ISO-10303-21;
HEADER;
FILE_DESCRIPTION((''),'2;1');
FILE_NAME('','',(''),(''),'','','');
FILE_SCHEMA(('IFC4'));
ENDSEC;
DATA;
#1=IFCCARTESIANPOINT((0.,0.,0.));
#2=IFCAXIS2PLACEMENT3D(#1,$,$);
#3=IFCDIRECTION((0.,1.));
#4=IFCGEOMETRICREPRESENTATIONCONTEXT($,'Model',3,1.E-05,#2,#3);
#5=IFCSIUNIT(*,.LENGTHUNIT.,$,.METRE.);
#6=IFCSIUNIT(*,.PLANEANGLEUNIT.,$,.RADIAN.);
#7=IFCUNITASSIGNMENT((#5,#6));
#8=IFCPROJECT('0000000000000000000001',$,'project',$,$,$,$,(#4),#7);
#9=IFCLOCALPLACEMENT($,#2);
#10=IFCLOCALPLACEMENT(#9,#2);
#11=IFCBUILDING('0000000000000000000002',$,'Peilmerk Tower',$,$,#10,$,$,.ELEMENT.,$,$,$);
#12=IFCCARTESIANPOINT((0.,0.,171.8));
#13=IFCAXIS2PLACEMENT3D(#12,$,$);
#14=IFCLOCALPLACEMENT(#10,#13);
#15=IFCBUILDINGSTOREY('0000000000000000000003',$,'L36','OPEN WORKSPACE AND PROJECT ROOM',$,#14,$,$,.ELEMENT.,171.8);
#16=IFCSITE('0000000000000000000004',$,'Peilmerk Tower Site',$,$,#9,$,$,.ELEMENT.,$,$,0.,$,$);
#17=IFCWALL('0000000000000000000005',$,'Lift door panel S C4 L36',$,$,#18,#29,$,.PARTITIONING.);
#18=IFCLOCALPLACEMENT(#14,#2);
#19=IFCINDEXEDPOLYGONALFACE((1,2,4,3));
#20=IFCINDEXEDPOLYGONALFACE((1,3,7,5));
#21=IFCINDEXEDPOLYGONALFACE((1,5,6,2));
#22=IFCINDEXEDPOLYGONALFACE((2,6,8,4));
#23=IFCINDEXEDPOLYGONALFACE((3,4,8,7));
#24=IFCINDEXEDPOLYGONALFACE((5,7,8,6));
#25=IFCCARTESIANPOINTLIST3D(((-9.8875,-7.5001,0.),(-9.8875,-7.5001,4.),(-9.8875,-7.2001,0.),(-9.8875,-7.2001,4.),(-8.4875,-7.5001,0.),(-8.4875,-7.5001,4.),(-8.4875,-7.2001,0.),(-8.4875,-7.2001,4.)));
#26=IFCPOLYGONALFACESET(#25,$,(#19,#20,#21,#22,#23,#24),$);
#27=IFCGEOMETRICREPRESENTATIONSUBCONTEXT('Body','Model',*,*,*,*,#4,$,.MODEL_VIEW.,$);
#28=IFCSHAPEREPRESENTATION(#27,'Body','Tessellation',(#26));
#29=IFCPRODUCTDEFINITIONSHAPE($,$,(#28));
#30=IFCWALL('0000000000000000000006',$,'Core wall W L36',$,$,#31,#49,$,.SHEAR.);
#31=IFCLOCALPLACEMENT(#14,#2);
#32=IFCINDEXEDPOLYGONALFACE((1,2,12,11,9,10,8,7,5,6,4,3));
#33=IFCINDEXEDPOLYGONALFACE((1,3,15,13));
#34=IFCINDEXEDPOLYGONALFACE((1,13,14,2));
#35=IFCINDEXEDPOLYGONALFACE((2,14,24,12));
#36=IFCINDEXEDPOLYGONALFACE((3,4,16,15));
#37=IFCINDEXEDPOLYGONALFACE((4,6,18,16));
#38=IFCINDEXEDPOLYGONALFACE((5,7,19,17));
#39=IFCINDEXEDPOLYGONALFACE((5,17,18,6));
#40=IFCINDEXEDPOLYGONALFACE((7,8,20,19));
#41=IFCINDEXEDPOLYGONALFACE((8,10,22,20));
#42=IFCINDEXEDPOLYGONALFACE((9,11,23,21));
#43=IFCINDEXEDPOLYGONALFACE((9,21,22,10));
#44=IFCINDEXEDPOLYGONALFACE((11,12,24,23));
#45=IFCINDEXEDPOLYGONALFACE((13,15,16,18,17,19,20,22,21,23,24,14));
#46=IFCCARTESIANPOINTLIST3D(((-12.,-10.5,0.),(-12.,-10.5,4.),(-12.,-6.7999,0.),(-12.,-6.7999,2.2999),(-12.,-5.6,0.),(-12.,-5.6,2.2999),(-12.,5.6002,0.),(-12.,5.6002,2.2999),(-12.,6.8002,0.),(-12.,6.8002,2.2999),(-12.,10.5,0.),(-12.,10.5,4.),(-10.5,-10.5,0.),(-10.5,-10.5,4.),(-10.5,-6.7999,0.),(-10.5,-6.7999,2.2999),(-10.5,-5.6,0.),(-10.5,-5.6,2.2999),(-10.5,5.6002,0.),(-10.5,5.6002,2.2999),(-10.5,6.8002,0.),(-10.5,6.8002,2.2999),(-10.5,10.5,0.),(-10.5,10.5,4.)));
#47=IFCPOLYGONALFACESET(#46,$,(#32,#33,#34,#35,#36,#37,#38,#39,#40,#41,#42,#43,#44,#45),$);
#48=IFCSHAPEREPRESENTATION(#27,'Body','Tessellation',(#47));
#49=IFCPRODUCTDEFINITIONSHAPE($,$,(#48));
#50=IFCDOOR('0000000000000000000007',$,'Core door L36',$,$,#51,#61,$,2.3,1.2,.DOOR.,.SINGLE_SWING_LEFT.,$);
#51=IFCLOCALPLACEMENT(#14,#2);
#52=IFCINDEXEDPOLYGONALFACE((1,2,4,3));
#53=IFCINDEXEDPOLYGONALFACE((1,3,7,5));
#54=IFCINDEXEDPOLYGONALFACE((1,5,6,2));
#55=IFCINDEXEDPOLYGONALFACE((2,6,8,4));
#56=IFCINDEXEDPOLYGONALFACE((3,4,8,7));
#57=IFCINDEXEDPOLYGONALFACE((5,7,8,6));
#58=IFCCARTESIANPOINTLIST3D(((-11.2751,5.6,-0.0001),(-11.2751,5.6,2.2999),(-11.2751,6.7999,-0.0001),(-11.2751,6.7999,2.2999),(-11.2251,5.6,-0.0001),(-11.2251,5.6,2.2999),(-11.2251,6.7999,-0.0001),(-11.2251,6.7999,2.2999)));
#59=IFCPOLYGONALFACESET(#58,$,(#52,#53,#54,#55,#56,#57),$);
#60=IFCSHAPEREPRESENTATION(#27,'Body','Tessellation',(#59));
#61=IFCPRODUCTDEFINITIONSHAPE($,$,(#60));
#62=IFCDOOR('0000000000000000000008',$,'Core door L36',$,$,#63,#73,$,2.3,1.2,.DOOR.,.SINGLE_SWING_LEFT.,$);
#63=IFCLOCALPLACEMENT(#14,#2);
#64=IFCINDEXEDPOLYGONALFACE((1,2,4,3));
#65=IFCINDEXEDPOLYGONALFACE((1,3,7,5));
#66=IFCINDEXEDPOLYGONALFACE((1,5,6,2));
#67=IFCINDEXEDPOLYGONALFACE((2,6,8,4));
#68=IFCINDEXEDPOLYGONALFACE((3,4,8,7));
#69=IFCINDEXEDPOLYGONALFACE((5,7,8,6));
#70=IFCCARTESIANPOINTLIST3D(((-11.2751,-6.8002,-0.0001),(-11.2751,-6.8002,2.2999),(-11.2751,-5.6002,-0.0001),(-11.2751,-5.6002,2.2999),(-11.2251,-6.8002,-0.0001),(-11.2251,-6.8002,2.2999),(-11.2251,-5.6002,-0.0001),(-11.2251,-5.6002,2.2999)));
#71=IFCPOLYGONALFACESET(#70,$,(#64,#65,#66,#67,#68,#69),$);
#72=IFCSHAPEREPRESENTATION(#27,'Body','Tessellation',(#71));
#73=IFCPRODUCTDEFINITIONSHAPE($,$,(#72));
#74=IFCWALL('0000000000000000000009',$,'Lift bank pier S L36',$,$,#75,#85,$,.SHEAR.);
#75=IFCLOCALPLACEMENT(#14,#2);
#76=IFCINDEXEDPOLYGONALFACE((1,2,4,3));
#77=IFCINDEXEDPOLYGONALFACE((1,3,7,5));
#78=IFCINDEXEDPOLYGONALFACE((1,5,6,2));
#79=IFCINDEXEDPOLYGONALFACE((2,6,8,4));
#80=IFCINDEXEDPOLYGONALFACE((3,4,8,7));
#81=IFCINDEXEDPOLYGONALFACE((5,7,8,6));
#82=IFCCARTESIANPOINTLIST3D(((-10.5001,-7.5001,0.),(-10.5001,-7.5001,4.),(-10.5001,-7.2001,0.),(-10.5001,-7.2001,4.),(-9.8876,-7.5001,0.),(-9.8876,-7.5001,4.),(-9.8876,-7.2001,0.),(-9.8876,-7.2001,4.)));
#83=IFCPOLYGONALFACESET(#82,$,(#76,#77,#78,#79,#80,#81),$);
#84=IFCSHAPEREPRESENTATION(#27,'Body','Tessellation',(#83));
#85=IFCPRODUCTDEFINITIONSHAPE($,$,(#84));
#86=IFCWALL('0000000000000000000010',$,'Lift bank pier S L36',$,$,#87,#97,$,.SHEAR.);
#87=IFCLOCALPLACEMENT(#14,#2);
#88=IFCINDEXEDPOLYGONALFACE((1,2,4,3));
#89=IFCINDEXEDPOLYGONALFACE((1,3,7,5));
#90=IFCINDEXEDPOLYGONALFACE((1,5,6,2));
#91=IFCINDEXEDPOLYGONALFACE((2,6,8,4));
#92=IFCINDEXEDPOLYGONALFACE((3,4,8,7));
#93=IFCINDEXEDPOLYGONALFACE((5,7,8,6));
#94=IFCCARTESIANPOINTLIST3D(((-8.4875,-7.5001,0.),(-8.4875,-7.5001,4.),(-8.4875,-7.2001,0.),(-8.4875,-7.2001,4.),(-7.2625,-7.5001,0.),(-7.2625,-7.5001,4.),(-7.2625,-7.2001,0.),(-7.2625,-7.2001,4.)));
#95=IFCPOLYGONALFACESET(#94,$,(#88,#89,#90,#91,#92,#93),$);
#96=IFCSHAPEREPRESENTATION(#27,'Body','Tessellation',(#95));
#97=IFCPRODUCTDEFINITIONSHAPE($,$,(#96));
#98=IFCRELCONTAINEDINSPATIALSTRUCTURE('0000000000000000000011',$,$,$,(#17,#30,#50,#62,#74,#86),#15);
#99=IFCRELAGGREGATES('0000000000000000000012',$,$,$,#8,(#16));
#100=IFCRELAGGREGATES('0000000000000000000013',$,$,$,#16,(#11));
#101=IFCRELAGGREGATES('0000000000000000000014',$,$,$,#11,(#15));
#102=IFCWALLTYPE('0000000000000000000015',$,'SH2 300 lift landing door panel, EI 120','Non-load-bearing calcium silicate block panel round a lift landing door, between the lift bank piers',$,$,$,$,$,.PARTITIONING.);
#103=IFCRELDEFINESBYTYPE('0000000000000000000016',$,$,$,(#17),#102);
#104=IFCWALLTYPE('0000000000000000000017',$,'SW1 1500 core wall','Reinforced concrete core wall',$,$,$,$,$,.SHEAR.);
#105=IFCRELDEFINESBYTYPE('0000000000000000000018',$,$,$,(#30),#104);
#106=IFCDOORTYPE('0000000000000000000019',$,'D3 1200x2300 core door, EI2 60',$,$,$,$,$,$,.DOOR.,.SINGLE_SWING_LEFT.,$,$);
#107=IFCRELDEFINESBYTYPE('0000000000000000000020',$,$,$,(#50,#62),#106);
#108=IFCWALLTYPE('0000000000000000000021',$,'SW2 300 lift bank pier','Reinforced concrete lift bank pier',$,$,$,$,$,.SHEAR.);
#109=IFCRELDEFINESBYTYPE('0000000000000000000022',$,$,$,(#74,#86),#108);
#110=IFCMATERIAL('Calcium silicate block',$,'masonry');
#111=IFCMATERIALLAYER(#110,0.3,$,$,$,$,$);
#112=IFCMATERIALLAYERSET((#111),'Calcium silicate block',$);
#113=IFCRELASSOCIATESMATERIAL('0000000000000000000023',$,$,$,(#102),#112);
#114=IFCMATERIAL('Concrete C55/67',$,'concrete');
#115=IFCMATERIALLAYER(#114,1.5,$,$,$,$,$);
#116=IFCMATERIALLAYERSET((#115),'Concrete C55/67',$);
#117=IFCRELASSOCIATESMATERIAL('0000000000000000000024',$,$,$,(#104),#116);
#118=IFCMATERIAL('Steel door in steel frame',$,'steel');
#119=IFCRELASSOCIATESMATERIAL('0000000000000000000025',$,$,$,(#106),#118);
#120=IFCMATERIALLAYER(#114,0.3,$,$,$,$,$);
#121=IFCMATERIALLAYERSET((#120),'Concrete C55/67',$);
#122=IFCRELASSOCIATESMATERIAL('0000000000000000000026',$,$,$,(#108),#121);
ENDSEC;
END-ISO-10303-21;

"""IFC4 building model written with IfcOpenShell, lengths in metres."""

from ifc_helpers import new_model, si_unit, direction, frame, frame_2d, origin, place, context, subcontext, project, spatial, rectangle, extrude, material, layer, layer_set, type_object, element, fill, save


model = new_model("IFC4")

# Units and contexts
model_context = context("Model", 3, precision=1e-05, world=origin(), true_north=direction((0.0, 1.0)))
body_context = subcontext(model_context, "Body", "Model", "MODEL_VIEW")
ifc_project = project(units=[si_unit("LENGTHUNIT", "METRE"), si_unit("PLANEANGLEUNIT", "RADIAN")], contexts=[model_context])

# Site, building, storey
site_placement = place(None, origin())
site = spatial("IfcSite", under=ifc_project, at=site_placement, Name="Peilmerk Tower Site", CompositionType="ELEMENT", RefElevation=0.0)
building_placement = place(site_placement, origin())
building = spatial("IfcBuilding", under=site, at=building_placement, Name="Peilmerk Tower", CompositionType="ELEMENT")
storey_placement = place(building_placement, frame((0.0, 0.0, 171.8)))
storey = spatial("IfcBuildingStorey", under=building, at=storey_placement, Name="L36", Description="OPEN WORKSPACE AND PROJECT ROOM", CompositionType="ELEMENT", Elevation=171.8)

# Shared definitions
ifc_material_1 = material(Name="Calcium silicate block", Category="masonry")

# Wall
ifc_layer_1 = layer(ifc_material_1, 0.3)
ifc_layer_set_1 = layer_set([ifc_layer_1], Name="Calcium silicate block")
wall_type_1 = type_object("IfcWallType", Name="SH2 300 lift landing door panel, EI 120", Description="Non-load-bearing calcium silicate block panel round a lift landing door, between the lift bank piers", PredefinedType="PARTITIONING", material=ifc_layer_set_1)
wall_1_placement = place(storey_placement, frame((-9.8875, -7.3501, 0.0), z_axis=(0.0, 0.0, 1.0), x_axis=(1.0, 0.0, 0.0)))
element("IfcWall", 1, at=wall_1_placement, inside=storey, type_object=wall_type_1, Name="Lift door panel S C4 L36", PredefinedType="PARTITIONING", context=body_context, shape_type="SweptSolid", body=[
    extrude(rectangle(XDim=1.3999, YDim=0.3, at=frame_2d((0.7, 0.0))), origin(), (0.0, 0.0, 1.0), 4.0),
])

# Wall, openings, doors
ifc_material_2 = material(Name="Concrete C55/67", Category="concrete")
ifc_layer_2 = layer(ifc_material_2, 1.5)
ifc_layer_set_2 = layer_set([ifc_layer_2], Name="Concrete C55/67")
wall_type_2 = type_object("IfcWallType", Name="SW1 1500 core wall", Description="Reinforced concrete core wall", PredefinedType="SHEAR", material=ifc_layer_set_2)
wall_2_placement = place(storey_placement, frame((-11.25, -10.5, 0.0), z_axis=(0.0, 0.0, 1.0), x_axis=(0.0, 1.0, 0.0)))
wall_2 = element("IfcWall", 2, at=wall_2_placement, inside=storey, type_object=wall_type_2, Name="Core wall W L36", PredefinedType="SHEAR", context=body_context, shape_type="SweptSolid", body=[
    extrude(rectangle(XDim=21.0, YDim=1.5, at=frame_2d((10.5, 0.0))), origin(), (0.0, 0.0, 1.0), 4.0),
])
opening_1_placement = place(wall_2_placement, frame((16.1001, 0.0, 0.0)))
opening_1 = element("IfcOpeningElement", 3, at=opening_1_placement, cuts=wall_2, PredefinedType="OPENING", context=body_context, shape_type="SweptSolid", body=[
    extrude(rectangle(XDim=1.2, YDim=2.3, at=frame_2d((0.6001, 1.1499))), frame((0.0, 0.76, 0.0), z_axis=(0.0, -1.0, 0.0), x_axis=(1.0, 0.0, 0.0)), (0.0, 0.0, 1.0), 1.52),
])
opening_2_placement = place(wall_2_placement, frame((3.7, 0.0, 0.0)))
opening_2 = element("IfcOpeningElement", 4, at=opening_2_placement, cuts=wall_2, PredefinedType="OPENING", context=body_context, shape_type="SweptSolid", body=[
    extrude(rectangle(XDim=1.2, YDim=2.3, at=frame_2d((0.6001, 1.1499))), frame((0.0, 0.76, 0.0), z_axis=(0.0, -1.0, 0.0), x_axis=(1.0, 0.0, 0.0)), (0.0, 0.0, 1.0), 1.52),
])
ifc_material_3 = material(Name="Steel door in steel frame", Category="steel")
door_type_1 = type_object("IfcDoorType", Name="D3 1200x2300 core door, EI2 60", OperationType="SINGLE_SWING_LEFT", PredefinedType="DOOR", material=ifc_material_3)
door_1_placement = place(opening_1_placement, frame((1.2, 0.0, 0.0), z_axis=(0.0, 0.0, 1.0), x_axis=(-1.0, 0.0, 0.0)))
door_1 = element("IfcDoor", 5, at=door_1_placement, inside=storey, type_object=door_type_1, Name="Core door L36", OperationType="SINGLE_SWING_LEFT", OverallHeight=2.3, OverallWidth=1.2, PredefinedType="DOOR", context=body_context, shape_type="SweptSolid", body=[
    extrude(rectangle(XDim=1.2, YDim=2.3, at=frame_2d((0.6001, 1.1499))), frame((0.0, 0.0249, 0.0), z_axis=(0.0, -1.0, 0.0), x_axis=(1.0, 0.0, 0.0)), (0.0, 0.0, 1.0), 0.05),
])
fill(opening_1, door_1)
door_2_placement = place(opening_2_placement, frame((1.2, 0.0, 0.0), z_axis=(0.0, 0.0, 1.0), x_axis=(-1.0, 0.0, 0.0)))
door_2 = element("IfcDoor", 6, at=door_2_placement, inside=storey, type_object=door_type_1, Name="Core door L36", OperationType="SINGLE_SWING_LEFT", OverallHeight=2.3, OverallWidth=1.2, PredefinedType="DOOR", context=body_context, shape_type="SweptSolid", body=[
    extrude(rectangle(XDim=1.2, YDim=2.3, at=frame_2d((0.6001, 1.1499))), frame((0.0, 0.0249, 0.0), z_axis=(0.0, -1.0, 0.0), x_axis=(1.0, 0.0, 0.0)), (0.0, 0.0, 1.0), 0.05),
])
fill(opening_2, door_2)

# Walls
ifc_layer_3 = layer(ifc_material_2, 0.3)
ifc_layer_set_3 = layer_set([ifc_layer_3], Name="Concrete C55/67")
wall_type_3 = type_object("IfcWallType", Name="SW2 300 lift bank pier", Description="Reinforced concrete lift bank pier", PredefinedType="SHEAR", material=ifc_layer_set_3)
wall_3_placement = place(storey_placement, frame((-10.5, -7.3501, 0.0), z_axis=(0.0, 0.0, 1.0), x_axis=(1.0, 0.0, 0.0)))
element("IfcWall", 7, at=wall_3_placement, inside=storey, type_object=wall_type_3, Name="Lift bank pier S L36", PredefinedType="SHEAR", context=body_context, shape_type="SweptSolid", body=[
    extrude(rectangle(XDim=0.6125, YDim=0.3, at=frame_2d((0.3062, 0.0))), origin(), (0.0, 0.0, 1.0), 4.0),
])
wall_4_placement = place(storey_placement, frame((-8.4875, -7.3501, 0.0), z_axis=(0.0, 0.0, 1.0), x_axis=(1.0, 0.0, 0.0)))
element("IfcWall", 8, at=wall_4_placement, inside=storey, type_object=wall_type_3, Name="Lift bank pier S L36", PredefinedType="SHEAR", context=body_context, shape_type="SweptSolid", body=[
    extrude(rectangle(XDim=1.2251, YDim=0.3, at=frame_2d((0.6125, 0.0))), origin(), (0.0, 0.0, 1.0), 4.0),
])

save(model, "model.ifc")
